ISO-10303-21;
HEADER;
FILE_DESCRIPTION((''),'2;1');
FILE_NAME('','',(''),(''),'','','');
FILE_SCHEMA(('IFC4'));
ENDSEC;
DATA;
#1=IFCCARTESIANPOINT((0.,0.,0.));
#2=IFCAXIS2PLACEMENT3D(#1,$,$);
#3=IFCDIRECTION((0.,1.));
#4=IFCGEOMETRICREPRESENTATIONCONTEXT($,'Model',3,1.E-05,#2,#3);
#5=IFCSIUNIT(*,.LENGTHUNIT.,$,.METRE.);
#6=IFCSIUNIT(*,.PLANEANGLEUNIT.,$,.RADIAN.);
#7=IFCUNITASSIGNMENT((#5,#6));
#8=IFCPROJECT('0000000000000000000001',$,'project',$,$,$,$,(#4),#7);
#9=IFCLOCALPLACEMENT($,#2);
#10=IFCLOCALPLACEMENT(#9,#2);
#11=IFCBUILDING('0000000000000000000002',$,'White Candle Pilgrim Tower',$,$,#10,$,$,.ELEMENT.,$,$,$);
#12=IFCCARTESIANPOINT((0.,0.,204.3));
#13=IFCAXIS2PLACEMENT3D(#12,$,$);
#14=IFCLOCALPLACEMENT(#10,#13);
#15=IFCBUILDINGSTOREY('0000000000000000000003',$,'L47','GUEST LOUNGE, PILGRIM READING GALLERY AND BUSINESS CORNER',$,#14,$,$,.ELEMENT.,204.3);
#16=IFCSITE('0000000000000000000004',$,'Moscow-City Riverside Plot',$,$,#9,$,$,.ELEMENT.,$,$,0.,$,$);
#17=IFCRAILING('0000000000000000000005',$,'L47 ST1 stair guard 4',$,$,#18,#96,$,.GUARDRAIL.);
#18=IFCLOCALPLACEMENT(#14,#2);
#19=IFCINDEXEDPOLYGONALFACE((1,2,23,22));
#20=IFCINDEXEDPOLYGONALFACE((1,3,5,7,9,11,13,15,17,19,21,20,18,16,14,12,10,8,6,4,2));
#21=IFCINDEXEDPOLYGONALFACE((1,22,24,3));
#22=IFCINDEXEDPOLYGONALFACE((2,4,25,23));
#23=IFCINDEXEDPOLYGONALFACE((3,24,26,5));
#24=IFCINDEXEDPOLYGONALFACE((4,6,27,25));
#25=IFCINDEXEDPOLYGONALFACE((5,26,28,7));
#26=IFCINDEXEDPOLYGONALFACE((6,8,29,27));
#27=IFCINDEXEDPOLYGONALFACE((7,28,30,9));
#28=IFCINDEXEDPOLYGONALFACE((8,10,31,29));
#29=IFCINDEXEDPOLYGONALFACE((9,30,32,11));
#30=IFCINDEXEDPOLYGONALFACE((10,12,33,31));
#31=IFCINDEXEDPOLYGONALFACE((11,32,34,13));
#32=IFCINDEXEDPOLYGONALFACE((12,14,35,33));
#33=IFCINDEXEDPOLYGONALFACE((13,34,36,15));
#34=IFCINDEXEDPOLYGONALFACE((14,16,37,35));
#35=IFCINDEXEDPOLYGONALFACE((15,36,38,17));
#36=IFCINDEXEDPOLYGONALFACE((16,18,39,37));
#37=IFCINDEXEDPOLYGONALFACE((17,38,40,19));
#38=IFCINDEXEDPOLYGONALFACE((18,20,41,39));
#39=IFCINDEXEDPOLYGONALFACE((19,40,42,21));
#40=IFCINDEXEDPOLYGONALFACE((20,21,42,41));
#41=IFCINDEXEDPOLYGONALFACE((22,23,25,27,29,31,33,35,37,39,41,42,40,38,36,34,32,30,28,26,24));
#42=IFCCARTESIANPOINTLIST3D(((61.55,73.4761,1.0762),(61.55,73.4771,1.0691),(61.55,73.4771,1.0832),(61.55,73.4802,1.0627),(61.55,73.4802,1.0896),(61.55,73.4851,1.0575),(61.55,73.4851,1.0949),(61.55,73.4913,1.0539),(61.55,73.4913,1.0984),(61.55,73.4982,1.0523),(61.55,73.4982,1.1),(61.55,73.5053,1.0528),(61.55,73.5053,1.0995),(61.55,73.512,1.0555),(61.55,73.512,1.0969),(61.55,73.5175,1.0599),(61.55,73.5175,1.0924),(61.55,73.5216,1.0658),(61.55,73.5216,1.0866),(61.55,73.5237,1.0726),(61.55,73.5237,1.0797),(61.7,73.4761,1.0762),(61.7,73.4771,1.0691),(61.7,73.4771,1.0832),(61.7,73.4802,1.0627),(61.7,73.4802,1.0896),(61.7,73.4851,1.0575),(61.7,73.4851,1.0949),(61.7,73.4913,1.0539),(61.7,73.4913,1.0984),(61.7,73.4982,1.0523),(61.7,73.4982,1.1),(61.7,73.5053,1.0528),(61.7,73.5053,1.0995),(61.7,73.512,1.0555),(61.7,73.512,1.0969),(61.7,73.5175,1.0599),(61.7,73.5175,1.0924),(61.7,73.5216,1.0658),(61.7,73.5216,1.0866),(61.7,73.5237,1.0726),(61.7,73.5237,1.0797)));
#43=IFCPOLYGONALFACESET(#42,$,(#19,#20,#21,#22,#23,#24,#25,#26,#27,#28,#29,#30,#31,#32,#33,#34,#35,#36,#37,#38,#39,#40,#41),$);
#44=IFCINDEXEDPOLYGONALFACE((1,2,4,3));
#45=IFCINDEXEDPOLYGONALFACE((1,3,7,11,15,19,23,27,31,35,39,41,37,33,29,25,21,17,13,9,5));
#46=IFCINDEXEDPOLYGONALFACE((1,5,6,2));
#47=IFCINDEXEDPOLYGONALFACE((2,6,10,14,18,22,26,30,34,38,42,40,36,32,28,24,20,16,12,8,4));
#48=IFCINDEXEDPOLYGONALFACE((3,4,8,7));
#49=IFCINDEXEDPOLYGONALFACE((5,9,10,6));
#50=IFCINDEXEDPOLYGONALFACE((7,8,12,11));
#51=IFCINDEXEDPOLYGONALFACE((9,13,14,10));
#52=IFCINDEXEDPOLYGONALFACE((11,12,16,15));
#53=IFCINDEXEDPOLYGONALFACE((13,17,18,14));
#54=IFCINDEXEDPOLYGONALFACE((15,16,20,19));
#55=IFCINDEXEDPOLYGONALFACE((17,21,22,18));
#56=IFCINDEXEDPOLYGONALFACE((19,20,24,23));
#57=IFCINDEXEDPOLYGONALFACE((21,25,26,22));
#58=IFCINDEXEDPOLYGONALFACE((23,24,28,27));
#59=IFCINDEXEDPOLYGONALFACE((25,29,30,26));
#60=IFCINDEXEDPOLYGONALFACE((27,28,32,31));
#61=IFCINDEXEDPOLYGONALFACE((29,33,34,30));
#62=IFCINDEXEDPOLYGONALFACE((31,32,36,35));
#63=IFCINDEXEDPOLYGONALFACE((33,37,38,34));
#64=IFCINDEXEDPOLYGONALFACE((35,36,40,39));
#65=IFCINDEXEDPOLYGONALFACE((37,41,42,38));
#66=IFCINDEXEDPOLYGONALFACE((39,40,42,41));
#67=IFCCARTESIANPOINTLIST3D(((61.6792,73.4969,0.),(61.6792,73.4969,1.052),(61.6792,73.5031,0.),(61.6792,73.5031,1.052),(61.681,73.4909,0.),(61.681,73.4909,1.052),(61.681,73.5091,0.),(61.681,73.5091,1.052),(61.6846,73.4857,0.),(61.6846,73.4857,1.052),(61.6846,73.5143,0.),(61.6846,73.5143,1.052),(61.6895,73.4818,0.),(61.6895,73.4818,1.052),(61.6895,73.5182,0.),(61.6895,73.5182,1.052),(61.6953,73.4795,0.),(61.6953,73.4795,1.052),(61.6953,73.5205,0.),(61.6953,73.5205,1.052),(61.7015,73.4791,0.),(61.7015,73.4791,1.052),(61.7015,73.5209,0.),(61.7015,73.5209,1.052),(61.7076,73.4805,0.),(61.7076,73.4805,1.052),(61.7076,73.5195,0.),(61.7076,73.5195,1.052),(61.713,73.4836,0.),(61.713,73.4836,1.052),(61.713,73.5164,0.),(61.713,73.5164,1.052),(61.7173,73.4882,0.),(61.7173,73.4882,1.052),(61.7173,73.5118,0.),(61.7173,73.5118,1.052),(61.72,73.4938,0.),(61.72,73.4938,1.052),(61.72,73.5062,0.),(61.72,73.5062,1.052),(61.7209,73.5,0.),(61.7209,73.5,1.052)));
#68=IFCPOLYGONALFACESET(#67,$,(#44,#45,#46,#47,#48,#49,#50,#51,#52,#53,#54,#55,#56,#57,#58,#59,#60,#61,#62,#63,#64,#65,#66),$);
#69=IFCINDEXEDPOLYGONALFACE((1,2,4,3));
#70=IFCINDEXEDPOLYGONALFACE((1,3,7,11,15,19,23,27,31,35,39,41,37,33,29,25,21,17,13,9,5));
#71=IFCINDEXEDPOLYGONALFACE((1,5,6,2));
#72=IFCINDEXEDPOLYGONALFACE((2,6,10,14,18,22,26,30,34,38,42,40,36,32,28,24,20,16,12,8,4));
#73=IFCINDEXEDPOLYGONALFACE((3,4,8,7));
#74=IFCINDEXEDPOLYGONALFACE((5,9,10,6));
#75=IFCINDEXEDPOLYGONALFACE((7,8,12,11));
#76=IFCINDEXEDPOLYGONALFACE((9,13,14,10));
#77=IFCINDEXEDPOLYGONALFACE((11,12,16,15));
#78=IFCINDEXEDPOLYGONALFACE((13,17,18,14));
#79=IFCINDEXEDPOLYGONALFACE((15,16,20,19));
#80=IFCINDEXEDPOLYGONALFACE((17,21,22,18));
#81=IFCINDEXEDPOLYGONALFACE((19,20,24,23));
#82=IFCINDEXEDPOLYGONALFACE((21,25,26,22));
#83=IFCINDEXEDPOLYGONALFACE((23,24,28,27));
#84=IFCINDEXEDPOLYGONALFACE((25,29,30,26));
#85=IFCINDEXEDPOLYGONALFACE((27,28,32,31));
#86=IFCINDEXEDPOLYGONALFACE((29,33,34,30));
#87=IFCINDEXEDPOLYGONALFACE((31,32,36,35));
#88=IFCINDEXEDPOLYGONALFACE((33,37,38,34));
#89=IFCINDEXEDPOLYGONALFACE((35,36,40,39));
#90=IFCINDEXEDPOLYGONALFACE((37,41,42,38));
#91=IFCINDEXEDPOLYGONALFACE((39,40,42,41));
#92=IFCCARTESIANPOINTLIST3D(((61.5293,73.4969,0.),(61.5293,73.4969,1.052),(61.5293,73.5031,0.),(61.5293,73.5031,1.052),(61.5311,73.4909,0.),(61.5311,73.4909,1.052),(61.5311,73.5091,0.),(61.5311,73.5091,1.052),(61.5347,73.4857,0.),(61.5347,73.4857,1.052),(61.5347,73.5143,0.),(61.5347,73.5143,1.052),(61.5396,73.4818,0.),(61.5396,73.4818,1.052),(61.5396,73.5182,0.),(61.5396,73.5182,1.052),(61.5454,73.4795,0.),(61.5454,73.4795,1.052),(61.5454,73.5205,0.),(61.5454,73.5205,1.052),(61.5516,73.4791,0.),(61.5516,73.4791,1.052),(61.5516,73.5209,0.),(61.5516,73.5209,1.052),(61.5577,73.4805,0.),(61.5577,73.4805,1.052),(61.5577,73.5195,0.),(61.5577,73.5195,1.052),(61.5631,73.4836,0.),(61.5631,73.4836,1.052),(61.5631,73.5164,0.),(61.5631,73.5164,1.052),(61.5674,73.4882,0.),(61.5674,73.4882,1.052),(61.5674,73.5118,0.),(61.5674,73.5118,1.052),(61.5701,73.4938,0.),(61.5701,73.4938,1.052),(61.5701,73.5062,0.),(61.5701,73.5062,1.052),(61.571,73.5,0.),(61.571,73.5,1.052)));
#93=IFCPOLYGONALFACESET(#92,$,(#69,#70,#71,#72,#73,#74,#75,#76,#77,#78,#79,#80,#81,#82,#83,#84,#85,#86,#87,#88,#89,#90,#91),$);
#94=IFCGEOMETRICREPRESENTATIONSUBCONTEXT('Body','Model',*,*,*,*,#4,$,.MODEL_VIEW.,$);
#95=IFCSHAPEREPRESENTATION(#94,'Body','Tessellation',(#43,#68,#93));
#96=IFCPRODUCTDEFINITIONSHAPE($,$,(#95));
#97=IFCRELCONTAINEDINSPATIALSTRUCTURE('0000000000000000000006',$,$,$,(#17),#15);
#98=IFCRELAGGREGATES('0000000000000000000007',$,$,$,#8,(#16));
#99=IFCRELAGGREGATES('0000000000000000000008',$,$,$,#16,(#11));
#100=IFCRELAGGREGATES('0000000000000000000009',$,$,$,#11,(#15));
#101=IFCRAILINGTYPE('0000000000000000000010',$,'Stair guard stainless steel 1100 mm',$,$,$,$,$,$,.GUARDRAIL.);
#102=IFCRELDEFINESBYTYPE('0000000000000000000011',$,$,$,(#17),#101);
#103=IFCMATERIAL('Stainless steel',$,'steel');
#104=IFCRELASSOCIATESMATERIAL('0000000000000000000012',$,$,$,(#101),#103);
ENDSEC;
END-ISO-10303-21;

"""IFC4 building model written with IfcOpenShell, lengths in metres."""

from ifc_helpers import new_model, si_unit, direction, frame, origin, origin_2d, place, context, subcontext, project, spatial, circle, extrude, material, type_object, element, save


model = new_model("IFC4")

# Units and contexts
model_context = context("Model", 3, precision=1e-05, world=origin(), true_north=direction((0.0, 1.0)))
body_context = subcontext(model_context, "Body", "Model", "MODEL_VIEW")
ifc_project = project(units=[si_unit("LENGTHUNIT", "METRE"), si_unit("PLANEANGLEUNIT", "RADIAN")], contexts=[model_context])

# Site, building, storey
site_placement = place(None, origin())
site = spatial("IfcSite", under=ifc_project, at=site_placement, Name="Moscow-City Riverside Plot", CompositionType="ELEMENT", RefElevation=0.0)
building_placement = place(site_placement, origin())
building = spatial("IfcBuilding", under=site, at=building_placement, Name="White Candle Pilgrim Tower", CompositionType="ELEMENT")
storey_placement = place(building_placement, frame((0.0, 0.0, 204.3)))
storey = spatial("IfcBuildingStorey", under=building, at=storey_placement, Name="L47", Description="GUEST LOUNGE, PILGRIM READING GALLERY AND BUSINESS CORNER", CompositionType="ELEMENT", Elevation=204.3)

# Railing
ifc_material_1 = material(Name="Stainless steel", Category="steel")
railing_type_1 = type_object("IfcRailingType", Name="Stair guard stainless steel 1100 mm", PredefinedType="GUARDRAIL", material=ifc_material_1)
railing_1_placement = place(storey_placement, frame((61.7, 73.5, 0.0)))
element("IfcRailing", 1, at=railing_1_placement, inside=storey, type_object=railing_type_1, Name="L47 ST1 stair guard 4", PredefinedType="GUARDRAIL", context=body_context, shape_type="SweptSolid", body=[
    extrude(circle(Radius=0.0239, at=origin_2d()), frame((0.0, 0.0, 1.0762), z_axis=(-1.0, 0.0, 0.0), x_axis=(0.0, -1.0, 0.0)), (0.0, 0.0, 1.0), 0.1499),
    extrude(circle(Radius=0.021, at=origin_2d()), origin(), (0.0, 0.0, 1.0), 1.052),
    extrude(circle(Radius=0.021, at=origin_2d()), frame((-0.1499, 0.0, 0.0)), (0.0, 0.0, 1.0), 1.052),
])

save(model, "model.ifc")
